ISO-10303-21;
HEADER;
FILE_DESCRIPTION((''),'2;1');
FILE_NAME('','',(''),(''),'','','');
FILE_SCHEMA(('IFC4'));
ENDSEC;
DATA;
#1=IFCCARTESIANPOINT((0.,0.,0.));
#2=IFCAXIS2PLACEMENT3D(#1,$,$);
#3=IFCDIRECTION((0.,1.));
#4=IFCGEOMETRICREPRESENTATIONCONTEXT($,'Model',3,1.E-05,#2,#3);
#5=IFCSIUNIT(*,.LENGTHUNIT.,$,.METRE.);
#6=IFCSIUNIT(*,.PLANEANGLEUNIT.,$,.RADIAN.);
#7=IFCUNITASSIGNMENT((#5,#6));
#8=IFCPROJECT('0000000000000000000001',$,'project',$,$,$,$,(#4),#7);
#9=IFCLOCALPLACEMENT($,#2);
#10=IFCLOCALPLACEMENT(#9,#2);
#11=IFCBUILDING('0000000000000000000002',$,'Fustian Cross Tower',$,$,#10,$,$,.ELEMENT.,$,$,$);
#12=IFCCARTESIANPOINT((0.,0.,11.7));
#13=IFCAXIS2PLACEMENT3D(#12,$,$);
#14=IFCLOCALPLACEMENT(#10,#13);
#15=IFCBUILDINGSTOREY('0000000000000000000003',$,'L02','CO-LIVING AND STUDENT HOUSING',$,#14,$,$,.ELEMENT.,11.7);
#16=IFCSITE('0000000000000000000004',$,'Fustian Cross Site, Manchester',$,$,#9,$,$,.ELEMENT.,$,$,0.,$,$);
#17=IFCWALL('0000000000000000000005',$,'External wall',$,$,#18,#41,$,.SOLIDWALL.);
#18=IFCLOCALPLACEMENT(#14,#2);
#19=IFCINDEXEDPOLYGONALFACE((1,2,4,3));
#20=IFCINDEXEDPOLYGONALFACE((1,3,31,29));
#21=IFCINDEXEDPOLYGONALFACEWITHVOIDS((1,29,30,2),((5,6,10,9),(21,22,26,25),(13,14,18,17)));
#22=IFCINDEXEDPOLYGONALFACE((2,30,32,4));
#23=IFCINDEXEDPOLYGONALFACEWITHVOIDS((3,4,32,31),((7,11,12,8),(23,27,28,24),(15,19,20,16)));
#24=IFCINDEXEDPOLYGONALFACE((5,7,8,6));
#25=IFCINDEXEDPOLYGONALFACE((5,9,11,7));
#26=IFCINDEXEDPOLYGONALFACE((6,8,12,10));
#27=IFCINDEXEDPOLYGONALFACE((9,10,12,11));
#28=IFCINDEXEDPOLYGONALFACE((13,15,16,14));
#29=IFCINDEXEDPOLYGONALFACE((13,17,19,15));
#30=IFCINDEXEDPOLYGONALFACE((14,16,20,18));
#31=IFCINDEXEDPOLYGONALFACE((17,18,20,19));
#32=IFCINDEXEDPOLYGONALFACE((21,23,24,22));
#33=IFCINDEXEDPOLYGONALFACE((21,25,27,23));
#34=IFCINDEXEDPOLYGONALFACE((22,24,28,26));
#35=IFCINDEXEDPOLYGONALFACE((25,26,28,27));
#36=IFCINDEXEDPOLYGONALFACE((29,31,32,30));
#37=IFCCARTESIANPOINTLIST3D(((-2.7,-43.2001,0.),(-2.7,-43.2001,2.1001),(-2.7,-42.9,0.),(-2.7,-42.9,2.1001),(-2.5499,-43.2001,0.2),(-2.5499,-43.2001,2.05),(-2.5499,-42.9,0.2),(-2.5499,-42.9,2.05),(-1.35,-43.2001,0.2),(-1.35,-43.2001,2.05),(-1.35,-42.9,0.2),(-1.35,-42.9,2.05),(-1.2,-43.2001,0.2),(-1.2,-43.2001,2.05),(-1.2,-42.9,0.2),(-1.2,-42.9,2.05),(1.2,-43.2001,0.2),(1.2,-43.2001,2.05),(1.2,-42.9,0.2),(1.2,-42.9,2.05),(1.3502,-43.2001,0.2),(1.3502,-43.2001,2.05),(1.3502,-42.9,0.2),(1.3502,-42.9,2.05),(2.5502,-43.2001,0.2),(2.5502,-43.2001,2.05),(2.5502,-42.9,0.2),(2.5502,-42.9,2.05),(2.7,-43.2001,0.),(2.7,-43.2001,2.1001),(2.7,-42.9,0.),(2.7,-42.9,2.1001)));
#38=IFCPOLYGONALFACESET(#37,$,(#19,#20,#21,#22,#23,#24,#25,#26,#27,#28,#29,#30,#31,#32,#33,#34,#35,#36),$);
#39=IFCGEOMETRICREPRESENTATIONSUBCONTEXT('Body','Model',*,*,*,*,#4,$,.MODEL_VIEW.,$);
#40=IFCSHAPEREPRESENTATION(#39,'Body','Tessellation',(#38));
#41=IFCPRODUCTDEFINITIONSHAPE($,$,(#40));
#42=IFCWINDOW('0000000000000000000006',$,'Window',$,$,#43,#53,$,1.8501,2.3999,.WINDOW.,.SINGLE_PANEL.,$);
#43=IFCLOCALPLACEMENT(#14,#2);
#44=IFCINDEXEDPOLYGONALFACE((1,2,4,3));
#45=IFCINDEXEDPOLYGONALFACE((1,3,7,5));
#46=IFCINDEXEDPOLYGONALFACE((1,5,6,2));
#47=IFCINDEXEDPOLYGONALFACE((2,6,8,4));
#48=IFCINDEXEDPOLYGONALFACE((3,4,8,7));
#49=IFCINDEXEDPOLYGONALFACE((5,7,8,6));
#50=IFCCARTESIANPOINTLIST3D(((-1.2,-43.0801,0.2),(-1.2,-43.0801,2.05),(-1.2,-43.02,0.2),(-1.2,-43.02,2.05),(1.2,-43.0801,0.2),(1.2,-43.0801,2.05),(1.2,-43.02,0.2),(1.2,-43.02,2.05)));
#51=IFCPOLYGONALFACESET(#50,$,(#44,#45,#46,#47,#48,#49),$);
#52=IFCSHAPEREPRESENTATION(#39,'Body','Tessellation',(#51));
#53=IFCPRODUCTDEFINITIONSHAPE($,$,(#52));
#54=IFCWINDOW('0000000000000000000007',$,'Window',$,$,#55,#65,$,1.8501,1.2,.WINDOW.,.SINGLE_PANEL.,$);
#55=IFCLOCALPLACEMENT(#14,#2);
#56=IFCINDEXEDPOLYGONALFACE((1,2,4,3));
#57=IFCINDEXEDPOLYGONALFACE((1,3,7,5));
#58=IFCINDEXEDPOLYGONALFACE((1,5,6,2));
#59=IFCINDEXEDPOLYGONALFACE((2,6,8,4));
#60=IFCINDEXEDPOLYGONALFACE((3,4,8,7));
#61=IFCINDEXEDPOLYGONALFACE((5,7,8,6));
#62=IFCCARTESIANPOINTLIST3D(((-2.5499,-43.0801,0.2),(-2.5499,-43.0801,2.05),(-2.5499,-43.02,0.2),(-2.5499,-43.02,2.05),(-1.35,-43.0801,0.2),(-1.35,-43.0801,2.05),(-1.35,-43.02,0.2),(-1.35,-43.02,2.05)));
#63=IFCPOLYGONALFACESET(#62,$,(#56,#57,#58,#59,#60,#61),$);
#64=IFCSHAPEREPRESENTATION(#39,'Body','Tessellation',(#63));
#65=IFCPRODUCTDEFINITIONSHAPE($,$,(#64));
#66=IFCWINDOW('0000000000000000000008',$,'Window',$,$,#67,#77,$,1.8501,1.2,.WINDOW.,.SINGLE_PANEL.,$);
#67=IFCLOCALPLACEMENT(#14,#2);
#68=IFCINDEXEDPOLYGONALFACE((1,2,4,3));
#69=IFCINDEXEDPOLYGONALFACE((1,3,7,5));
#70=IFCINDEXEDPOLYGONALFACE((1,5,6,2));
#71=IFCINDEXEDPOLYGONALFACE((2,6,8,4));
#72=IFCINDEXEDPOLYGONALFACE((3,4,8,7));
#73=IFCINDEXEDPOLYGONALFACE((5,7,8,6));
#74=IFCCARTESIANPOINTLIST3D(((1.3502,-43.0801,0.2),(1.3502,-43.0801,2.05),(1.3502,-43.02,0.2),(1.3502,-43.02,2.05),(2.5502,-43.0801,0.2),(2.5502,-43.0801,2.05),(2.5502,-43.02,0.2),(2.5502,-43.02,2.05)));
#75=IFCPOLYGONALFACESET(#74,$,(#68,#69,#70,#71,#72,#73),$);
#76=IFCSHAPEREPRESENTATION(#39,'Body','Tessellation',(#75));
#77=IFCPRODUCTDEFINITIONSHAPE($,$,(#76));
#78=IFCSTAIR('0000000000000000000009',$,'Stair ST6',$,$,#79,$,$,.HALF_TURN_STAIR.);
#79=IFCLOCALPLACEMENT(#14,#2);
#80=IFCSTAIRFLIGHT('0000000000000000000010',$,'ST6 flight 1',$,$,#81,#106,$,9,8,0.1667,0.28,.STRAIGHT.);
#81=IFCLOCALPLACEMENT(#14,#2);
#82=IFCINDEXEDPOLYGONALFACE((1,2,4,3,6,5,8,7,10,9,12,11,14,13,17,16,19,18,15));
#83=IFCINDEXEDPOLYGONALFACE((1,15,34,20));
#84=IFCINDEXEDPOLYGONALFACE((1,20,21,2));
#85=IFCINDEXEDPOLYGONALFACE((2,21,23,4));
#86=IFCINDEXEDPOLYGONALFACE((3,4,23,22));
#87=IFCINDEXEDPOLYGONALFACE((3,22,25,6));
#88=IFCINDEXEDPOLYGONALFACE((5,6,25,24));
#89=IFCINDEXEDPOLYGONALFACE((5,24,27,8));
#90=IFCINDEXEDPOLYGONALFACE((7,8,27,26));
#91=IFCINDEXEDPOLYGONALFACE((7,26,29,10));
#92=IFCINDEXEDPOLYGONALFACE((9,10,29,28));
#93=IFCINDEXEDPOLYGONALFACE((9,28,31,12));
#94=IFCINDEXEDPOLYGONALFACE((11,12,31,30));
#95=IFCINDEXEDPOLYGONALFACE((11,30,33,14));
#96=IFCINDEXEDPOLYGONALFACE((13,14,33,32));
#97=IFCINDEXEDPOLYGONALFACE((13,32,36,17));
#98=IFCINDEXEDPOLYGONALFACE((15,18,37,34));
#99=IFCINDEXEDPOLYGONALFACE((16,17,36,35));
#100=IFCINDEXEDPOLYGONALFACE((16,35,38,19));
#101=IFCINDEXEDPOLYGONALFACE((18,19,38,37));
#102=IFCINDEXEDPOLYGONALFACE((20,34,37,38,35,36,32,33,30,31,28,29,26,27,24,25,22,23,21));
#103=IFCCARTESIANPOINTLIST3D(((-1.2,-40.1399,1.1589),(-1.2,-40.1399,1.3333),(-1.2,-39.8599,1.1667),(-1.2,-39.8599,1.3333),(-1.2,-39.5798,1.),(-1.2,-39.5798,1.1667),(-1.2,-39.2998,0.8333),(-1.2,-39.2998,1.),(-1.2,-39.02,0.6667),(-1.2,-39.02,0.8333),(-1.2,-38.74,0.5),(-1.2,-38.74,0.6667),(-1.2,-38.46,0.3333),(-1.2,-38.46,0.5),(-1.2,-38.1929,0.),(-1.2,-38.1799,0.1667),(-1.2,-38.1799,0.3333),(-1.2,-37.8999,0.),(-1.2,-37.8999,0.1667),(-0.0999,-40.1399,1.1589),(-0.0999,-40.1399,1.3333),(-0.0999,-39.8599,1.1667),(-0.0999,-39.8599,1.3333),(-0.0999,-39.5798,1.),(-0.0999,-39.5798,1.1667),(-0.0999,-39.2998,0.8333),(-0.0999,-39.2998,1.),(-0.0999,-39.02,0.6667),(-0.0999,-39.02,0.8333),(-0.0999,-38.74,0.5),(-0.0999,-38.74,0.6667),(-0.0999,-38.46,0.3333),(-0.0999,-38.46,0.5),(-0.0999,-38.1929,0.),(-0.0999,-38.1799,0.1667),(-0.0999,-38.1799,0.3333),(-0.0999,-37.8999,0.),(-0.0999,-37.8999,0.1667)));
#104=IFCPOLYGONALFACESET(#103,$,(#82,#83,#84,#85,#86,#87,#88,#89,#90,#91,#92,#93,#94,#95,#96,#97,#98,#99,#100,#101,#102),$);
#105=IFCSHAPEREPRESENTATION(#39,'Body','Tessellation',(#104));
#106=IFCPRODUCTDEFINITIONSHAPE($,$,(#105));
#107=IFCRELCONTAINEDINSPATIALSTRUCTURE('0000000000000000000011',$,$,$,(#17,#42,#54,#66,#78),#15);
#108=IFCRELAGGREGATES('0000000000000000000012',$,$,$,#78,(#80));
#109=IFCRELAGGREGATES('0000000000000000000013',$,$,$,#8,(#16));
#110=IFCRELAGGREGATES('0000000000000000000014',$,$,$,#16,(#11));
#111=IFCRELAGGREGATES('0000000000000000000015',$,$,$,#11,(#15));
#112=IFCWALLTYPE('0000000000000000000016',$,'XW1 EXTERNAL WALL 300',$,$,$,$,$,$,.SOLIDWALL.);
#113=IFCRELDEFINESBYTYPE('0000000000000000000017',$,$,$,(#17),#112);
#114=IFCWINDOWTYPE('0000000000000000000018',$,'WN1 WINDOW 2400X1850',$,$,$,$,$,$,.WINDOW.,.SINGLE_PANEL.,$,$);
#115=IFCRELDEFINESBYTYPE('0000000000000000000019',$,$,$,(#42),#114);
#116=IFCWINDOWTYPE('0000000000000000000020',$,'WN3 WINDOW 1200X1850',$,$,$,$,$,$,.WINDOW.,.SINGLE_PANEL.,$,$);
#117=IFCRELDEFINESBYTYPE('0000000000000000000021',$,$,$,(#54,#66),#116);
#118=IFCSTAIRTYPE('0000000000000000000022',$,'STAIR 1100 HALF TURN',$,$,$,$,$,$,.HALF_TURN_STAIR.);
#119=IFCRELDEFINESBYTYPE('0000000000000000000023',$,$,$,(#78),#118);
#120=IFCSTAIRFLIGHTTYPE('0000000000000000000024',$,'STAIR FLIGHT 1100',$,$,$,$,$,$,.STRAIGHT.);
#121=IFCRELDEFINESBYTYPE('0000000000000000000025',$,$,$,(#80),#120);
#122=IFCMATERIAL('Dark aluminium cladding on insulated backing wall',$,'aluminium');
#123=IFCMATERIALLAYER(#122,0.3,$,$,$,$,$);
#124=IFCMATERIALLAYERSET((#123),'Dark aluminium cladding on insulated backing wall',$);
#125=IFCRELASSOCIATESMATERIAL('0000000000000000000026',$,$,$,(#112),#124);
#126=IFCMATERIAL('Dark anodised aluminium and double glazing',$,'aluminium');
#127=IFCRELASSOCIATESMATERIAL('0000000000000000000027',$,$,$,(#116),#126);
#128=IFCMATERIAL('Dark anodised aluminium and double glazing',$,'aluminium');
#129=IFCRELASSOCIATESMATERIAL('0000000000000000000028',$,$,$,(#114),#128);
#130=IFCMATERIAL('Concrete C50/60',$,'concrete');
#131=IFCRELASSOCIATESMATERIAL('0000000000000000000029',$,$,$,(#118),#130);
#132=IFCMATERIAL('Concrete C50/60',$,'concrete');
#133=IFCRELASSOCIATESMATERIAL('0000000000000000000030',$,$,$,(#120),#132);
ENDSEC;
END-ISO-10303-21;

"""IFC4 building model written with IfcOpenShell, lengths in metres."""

from ifc_helpers import new_model, si_unit, direction, frame, frame_2d, origin, place, context, subcontext, project, spatial, polyline, rectangle, outline, extrude, material, layer, layer_set, type_object, element, fill, aggregate, save


model = new_model("IFC4")

# Units and contexts
model_context = context("Model", 3, precision=1e-05, world=origin(), true_north=direction((0.0, 1.0)))
body_context = subcontext(model_context, "Body", "Model", "MODEL_VIEW")
ifc_project = project(units=[si_unit("LENGTHUNIT", "METRE"), si_unit("PLANEANGLEUNIT", "RADIAN")], contexts=[model_context])

# Site, building, storey
site_placement = place(None, origin())
site = spatial("IfcSite", under=ifc_project, at=site_placement, Name="Fustian Cross Site, Manchester", CompositionType="ELEMENT", RefElevation=0.0)
building_placement = place(site_placement, origin())
building = spatial("IfcBuilding", under=site, at=building_placement, Name="Fustian Cross Tower", CompositionType="ELEMENT")
storey_placement = place(building_placement, frame((0.0, 0.0, 11.7)))
storey = spatial("IfcBuildingStorey", under=building, at=storey_placement, Name="L02", Description="CO-LIVING AND STUDENT HOUSING", CompositionType="ELEMENT", Elevation=11.7)

# Shared definitions
ifc_material_1 = material(Name="Dark aluminium cladding on insulated backing wall", Category="aluminium")
ifc_layer_1 = layer(ifc_material_1, 0.3)
ifc_layer_set_1 = layer_set([ifc_layer_1], Name="Dark aluminium cladding on insulated backing wall")
wall_type_1 = type_object("IfcWallType", Name="XW1 EXTERNAL WALL 300", PredefinedType="SOLIDWALL", material=ifc_layer_set_1)

# Shared definitions
ifc_material_2 = material(Name="Dark anodised aluminium and double glazing", Category="aluminium")
window_type_1 = type_object("IfcWindowType", Name="WN3 WINDOW 1200X1850", PartitioningType="SINGLE_PANEL", PredefinedType="WINDOW", material=ifc_material_2)

# Wall, openings, windows
wall_1_placement = place(storey_placement, frame((-2.7, -43.05, 0.0), z_axis=(0.0, 0.0, 1.0), x_axis=(1.0, 0.0, 0.0)))
wall_1 = element("IfcWall", 1, at=wall_1_placement, inside=storey, type_object=wall_type_1, Name="External wall", PredefinedType="SOLIDWALL", context=body_context, shape_type="SweptSolid", body=[
    extrude(rectangle(XDim=5.3999, YDim=0.3, at=frame_2d((2.7, 0.0))), origin(), (0.0, 0.0, 1.0), 2.1001),
])
opening_1_placement = place(wall_1_placement, frame((1.5, 0.0, 0.2)))
opening_1 = element("IfcOpeningElement", 2, at=opening_1_placement, cuts=wall_1, PredefinedType="OPENING", context=body_context, shape_type="SweptSolid", body=[
    extrude(rectangle(XDim=2.3999, YDim=1.8501, at=frame_2d((1.2, 0.925))), frame((0.0, 0.1599, 0.0), z_axis=(0.0, -1.0, 0.0), x_axis=(1.0, 0.0, 0.0)), (0.0, 0.0, 1.0), 0.3201),
])
opening_2_placement = place(wall_1_placement, frame((0.1499, 0.0, 0.2)))
opening_2 = element("IfcOpeningElement", 3, at=opening_2_placement, cuts=wall_1, PredefinedType="OPENING", context=body_context, shape_type="SweptSolid", body=[
    extrude(rectangle(XDim=1.2, YDim=1.8501, at=frame_2d((0.6001, 0.925))), frame((0.0, 0.1599, 0.0), z_axis=(0.0, -1.0, 0.0), x_axis=(1.0, 0.0, 0.0)), (0.0, 0.0, 1.0), 0.3201),
])
opening_3_placement = place(wall_1_placement, frame((4.05, 0.0, 0.2)))
opening_3 = element("IfcOpeningElement", 4, at=opening_3_placement, cuts=wall_1, PredefinedType="OPENING", context=body_context, shape_type="SweptSolid", body=[
    extrude(rectangle(XDim=1.2, YDim=1.8501, at=frame_2d((0.6001, 0.925))), frame((0.0, 0.1599, 0.0), z_axis=(0.0, -1.0, 0.0), x_axis=(1.0, 0.0, 0.0)), (0.0, 0.0, 1.0), 0.3201),
])
ifc_material_3 = material(Name="Dark anodised aluminium and double glazing", Category="aluminium")
window_type_2 = type_object("IfcWindowType", Name="WN1 WINDOW 2400X1850", PartitioningType="SINGLE_PANEL", PredefinedType="WINDOW", material=ifc_material_3)
window_1_placement = place(opening_1_placement, origin())
window_1 = element("IfcWindow", 5, at=window_1_placement, inside=storey, type_object=window_type_2, Name="Window", OverallHeight=1.8501, OverallWidth=2.3999, PartitioningType="SINGLE_PANEL", PredefinedType="WINDOW", context=body_context, shape_type="SweptSolid", body=[
    extrude(rectangle(XDim=2.3999, YDim=1.8501, at=frame_2d((1.2, 0.925))), frame((0.0, 0.03, 0.0), z_axis=(0.0, -1.0, 0.0), x_axis=(1.0, 0.0, 0.0)), (0.0, 0.0, 1.0), 0.0601),
])
fill(opening_1, window_1)
window_2_placement = place(opening_2_placement, origin())
window_2 = element("IfcWindow", 6, at=window_2_placement, inside=storey, type_object=window_type_1, Name="Window", OverallHeight=1.8501, OverallWidth=1.2, PartitioningType="SINGLE_PANEL", PredefinedType="WINDOW", context=body_context, shape_type="SweptSolid", body=[
    extrude(rectangle(XDim=1.2, YDim=1.8501, at=frame_2d((0.6001, 0.925))), frame((0.0, 0.03, 0.0), z_axis=(0.0, -1.0, 0.0), x_axis=(1.0, 0.0, 0.0)), (0.0, 0.0, 1.0), 0.0601),
])
fill(opening_2, window_2)
window_3_placement = place(opening_3_placement, origin())
window_3 = element("IfcWindow", 7, at=window_3_placement, inside=storey, type_object=window_type_1, Name="Window", OverallHeight=1.8501, OverallWidth=1.2, PartitioningType="SINGLE_PANEL", PredefinedType="WINDOW", context=body_context, shape_type="SweptSolid", body=[
    extrude(rectangle(XDim=1.2, YDim=1.8501, at=frame_2d((0.6001, 0.925))), frame((0.0, 0.03, 0.0), z_axis=(0.0, -1.0, 0.0), x_axis=(1.0, 0.0, 0.0)), (0.0, 0.0, 1.0), 0.0601),
])
fill(opening_3, window_3)

# Stair, stair flight
ifc_material_4 = material(Name="Concrete C50/60", Category="concrete")
stair_type = type_object("IfcStairType", Name="STAIR 1100 HALF TURN", PredefinedType="HALF_TURN_STAIR", material=ifc_material_4)
stair_placement = place(storey_placement, origin())
stair = element("IfcStair", 8, at=stair_placement, inside=storey, type_object=stair_type, Name="Stair ST6", PredefinedType="HALF_TURN_STAIR")
ifc_material_5 = material(Name="Concrete C50/60", Category="concrete")
stair_flight_type = type_object("IfcStairFlightType", Name="STAIR FLIGHT 1100", PredefinedType="STRAIGHT", material=ifc_material_5)
stair_flight_placement = place(storey_placement, frame((-0.6499, -37.8999, 0.0), z_axis=(0.0, 0.0, 1.0), x_axis=(0.0, -1.0, 0.0)))
stair_flight = element("IfcStairFlight", 9, at=stair_flight_placement, type_object=stair_flight_type, Name="ST6 flight 1", NumberOfRisers=9, NumberOfTreads=8, PredefinedType="STRAIGHT", RiserHeight=0.1667, TreadLength=0.28, context=body_context, shape_type="SweptSolid", body=[
    extrude(outline(polyline([(0.0, 0.0), (0.0, 0.1667), (0.28, 0.1667), (0.28, 0.3333), (0.5601, 0.3333), (0.5601, 0.5), (0.8401, 0.5), (0.8401, 0.6667), (1.1201, 0.6667), (1.1201, 0.8333), (1.3999, 0.8333), (1.3999, 1.0), (1.6799, 1.0), (1.6799, 1.1667), (1.96, 1.1667), (1.96, 1.3333), (2.24, 1.3333), (2.24, 1.5), (2.24, 1.1589), (0.293, 0.0), (0.0, 0.0)])), frame((0.0, 0.55, 0.0), z_axis=(0.0, -1.0, 0.0), x_axis=(1.0, 0.0, 0.0)), (0.0, 0.0, 1.0), 1.1001),
])
aggregate(stair, [stair_flight])

save(model, "model.ifc")
